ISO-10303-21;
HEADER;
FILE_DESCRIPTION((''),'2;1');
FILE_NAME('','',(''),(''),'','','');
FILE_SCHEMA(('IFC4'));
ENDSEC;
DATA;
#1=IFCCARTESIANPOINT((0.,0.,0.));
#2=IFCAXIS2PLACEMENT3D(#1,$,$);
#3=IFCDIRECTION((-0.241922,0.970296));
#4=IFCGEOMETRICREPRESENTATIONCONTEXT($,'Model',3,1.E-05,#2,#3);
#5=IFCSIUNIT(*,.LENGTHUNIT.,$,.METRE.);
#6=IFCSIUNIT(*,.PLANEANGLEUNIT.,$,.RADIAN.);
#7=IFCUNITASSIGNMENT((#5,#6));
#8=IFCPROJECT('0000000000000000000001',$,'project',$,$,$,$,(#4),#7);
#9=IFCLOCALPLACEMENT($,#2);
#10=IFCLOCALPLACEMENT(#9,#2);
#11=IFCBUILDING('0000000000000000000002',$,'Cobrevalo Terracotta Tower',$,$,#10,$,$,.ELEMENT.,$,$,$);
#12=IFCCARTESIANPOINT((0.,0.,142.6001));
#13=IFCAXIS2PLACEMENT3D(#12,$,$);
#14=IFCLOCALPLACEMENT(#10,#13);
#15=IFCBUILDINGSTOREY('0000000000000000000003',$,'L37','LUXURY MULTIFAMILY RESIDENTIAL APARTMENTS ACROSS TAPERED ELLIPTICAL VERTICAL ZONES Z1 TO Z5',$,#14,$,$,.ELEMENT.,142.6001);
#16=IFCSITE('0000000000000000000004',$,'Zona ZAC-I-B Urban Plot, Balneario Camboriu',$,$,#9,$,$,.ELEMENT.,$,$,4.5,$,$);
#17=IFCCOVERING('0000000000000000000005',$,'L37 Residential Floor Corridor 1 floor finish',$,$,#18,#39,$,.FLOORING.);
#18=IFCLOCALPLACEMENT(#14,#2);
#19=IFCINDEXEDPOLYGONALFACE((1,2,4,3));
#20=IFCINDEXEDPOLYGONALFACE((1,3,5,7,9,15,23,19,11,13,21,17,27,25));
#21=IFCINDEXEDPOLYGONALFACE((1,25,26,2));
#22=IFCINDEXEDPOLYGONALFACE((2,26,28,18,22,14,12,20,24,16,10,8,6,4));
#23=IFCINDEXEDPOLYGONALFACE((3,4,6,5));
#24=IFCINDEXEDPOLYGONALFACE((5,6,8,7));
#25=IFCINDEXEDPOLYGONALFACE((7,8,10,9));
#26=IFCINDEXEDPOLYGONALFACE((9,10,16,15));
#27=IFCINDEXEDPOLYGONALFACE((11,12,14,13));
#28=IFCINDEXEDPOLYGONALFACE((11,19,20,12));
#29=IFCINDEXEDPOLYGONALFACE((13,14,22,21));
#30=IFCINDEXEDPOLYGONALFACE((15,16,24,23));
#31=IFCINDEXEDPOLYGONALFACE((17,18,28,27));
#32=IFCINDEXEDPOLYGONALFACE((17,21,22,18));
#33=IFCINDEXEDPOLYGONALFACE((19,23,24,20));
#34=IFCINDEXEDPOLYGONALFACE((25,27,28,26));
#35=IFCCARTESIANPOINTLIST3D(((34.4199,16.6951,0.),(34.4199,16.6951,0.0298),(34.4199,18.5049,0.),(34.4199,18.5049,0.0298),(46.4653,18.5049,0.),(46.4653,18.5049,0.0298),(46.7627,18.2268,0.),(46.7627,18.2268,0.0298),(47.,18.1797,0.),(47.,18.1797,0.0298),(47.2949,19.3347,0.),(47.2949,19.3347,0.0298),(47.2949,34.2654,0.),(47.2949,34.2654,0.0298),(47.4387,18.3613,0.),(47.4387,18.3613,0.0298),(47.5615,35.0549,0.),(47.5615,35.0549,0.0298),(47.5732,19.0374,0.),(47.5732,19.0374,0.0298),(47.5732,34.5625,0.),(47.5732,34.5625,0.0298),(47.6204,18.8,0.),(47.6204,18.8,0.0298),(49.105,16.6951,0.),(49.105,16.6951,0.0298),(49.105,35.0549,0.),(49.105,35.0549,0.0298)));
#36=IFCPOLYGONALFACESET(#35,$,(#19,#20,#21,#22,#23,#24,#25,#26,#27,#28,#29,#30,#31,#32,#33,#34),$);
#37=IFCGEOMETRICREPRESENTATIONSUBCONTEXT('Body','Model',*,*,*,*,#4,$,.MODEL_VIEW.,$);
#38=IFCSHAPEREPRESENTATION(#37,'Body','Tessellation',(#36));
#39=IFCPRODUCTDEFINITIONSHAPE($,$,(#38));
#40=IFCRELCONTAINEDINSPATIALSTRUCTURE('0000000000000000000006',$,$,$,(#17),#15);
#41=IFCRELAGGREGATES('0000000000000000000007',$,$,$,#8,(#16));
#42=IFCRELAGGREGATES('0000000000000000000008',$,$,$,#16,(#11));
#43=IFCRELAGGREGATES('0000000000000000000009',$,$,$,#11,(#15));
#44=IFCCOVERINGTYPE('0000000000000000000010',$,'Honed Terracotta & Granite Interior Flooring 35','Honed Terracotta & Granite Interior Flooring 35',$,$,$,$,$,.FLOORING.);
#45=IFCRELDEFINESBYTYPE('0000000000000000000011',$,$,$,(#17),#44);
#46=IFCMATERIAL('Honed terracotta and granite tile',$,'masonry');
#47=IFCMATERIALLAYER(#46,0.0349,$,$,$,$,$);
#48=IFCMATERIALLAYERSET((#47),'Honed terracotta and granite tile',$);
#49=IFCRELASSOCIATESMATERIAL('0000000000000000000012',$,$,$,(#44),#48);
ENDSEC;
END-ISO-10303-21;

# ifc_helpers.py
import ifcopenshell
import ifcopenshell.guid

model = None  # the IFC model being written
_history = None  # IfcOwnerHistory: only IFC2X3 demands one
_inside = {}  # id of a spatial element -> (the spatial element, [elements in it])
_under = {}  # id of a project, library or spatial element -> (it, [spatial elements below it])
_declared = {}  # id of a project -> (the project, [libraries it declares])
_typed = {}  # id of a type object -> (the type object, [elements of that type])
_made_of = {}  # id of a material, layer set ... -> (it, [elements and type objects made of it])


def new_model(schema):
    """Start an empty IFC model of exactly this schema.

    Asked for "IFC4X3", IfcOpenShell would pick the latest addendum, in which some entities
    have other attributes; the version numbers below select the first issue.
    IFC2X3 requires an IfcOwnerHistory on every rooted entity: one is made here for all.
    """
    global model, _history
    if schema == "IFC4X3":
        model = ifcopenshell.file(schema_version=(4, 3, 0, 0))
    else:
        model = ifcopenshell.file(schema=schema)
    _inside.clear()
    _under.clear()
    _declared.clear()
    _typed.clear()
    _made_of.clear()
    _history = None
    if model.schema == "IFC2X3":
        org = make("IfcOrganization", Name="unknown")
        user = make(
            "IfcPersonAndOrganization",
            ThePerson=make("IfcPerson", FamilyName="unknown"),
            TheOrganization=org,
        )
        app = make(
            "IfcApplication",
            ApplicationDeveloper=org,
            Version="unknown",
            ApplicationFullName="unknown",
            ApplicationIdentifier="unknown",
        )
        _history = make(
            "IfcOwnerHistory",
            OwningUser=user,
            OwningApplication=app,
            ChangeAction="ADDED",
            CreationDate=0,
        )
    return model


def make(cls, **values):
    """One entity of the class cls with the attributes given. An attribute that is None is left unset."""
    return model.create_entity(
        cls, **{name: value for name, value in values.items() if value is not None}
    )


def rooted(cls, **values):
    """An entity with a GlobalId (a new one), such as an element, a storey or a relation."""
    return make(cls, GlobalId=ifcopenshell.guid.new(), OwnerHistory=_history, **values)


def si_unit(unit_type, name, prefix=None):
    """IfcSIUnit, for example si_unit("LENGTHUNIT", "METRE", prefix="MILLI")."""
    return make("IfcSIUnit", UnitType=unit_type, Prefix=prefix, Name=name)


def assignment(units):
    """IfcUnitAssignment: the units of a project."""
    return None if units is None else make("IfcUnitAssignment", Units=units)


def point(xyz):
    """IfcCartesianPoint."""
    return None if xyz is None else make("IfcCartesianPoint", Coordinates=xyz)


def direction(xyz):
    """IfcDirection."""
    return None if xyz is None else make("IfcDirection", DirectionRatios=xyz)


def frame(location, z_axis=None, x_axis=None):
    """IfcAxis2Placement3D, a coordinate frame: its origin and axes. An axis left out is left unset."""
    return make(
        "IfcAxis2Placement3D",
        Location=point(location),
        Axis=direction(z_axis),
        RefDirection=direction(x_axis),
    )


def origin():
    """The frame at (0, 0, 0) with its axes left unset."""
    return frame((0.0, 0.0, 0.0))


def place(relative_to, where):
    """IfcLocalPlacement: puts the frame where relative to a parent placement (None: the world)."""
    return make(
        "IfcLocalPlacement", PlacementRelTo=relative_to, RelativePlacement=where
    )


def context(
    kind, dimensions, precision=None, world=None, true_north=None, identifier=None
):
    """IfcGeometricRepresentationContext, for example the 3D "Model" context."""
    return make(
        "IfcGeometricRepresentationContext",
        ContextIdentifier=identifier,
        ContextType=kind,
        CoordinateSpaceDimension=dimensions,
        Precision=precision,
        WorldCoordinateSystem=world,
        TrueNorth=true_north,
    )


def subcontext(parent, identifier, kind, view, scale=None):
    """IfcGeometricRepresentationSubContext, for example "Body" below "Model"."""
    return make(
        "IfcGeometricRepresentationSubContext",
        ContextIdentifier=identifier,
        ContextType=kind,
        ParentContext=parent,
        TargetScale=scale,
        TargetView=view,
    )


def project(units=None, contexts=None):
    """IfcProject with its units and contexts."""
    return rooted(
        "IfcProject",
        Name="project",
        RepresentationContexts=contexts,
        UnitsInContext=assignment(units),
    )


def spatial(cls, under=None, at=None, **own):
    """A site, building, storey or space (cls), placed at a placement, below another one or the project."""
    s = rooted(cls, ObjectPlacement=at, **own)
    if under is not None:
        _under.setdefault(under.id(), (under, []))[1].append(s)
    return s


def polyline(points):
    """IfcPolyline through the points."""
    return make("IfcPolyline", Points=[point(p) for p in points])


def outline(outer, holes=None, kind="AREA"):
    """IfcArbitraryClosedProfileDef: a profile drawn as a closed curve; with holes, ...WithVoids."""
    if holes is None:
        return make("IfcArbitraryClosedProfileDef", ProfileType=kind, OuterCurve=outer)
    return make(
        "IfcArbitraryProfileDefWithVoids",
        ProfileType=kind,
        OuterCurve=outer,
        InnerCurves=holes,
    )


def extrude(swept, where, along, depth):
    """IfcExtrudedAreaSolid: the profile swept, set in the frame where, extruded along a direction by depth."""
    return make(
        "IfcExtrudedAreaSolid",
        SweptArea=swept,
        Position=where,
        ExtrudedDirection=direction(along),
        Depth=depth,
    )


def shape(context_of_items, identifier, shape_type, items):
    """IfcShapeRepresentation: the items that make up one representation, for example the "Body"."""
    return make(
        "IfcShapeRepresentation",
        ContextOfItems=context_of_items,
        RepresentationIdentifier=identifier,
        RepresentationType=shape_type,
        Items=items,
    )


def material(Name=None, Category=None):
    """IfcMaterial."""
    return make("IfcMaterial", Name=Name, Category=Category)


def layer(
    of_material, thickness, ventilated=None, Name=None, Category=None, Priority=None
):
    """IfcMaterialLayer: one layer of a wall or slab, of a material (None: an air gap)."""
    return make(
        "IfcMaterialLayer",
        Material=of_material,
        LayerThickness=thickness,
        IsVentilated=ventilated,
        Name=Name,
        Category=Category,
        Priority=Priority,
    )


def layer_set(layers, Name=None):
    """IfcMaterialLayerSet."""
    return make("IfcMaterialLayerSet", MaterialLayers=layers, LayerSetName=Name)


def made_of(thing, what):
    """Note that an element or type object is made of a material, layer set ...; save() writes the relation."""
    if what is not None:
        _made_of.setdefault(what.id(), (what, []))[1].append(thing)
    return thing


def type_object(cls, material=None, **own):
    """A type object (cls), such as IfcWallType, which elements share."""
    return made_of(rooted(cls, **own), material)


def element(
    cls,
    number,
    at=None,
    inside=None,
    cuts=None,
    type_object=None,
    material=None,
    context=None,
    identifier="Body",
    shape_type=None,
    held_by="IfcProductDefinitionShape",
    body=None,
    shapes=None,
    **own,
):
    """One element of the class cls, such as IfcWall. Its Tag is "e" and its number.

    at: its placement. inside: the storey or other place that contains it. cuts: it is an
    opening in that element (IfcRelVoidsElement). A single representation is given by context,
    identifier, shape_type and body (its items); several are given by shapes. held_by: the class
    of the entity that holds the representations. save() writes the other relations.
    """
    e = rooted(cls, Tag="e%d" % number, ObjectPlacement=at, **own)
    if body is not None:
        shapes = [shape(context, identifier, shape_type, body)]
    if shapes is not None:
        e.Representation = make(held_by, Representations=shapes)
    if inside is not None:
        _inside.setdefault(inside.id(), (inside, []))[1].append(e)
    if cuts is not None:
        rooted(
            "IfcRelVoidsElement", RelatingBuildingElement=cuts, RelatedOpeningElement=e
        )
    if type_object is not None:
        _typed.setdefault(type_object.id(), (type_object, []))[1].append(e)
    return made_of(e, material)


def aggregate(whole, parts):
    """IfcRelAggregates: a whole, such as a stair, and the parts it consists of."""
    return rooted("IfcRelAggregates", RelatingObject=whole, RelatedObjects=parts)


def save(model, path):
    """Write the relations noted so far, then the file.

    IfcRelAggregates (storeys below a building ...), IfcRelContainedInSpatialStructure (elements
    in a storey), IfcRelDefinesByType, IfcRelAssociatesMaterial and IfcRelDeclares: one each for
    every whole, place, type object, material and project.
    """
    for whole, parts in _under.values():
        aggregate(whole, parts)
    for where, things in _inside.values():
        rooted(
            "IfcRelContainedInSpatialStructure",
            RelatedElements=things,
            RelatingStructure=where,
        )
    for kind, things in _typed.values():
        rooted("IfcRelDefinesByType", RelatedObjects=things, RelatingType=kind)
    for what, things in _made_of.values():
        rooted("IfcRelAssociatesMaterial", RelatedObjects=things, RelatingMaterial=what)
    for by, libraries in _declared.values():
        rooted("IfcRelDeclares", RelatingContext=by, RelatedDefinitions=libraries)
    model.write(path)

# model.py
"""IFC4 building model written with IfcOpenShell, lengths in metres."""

from ifc_helpers import new_model, si_unit, direction, frame, origin, place, context, subcontext, project, spatial, polyline, outline, extrude, material, layer, layer_set, type_object, element, save


model = new_model("IFC4")

# Units and contexts
model_context = context("Model", 3, precision=1e-05, world=origin(), true_north=direction((-0.241922, 0.970296)))
body_context = subcontext(model_context, "Body", "Model", "MODEL_VIEW")
ifc_project = project(units=[si_unit("LENGTHUNIT", "METRE"), si_unit("PLANEANGLEUNIT", "RADIAN")], contexts=[model_context])

# Site, building, storey
site_placement = place(None, origin())
site = spatial("IfcSite", under=ifc_project, at=site_placement, Name="Zona ZAC-I-B Urban Plot, Balneario Camboriu", CompositionType="ELEMENT", RefElevation=4.5)
building_placement = place(site_placement, origin())
building = spatial("IfcBuilding", under=site, at=building_placement, Name="Cobrevalo Terracotta Tower", CompositionType="ELEMENT")
storey_placement = place(building_placement, frame((0.0, 0.0, 142.6001)))
storey = spatial("IfcBuildingStorey", under=building, at=storey_placement, Name="L37", Description="LUXURY MULTIFAMILY RESIDENTIAL APARTMENTS ACROSS TAPERED ELLIPTICAL VERTICAL ZONES Z1 TO Z5", CompositionType="ELEMENT", Elevation=142.6001)

# Covering
ifc_material_1 = material(Name="Honed terracotta and granite tile", Category="masonry")
ifc_layer_1 = layer(ifc_material_1, 0.0349)
ifc_layer_set_1 = layer_set([ifc_layer_1], Name="Honed terracotta and granite tile")
covering_type_1 = type_object("IfcCoveringType", Name="Honed Terracotta & Granite Interior Flooring 35", Description="Honed Terracotta & Granite Interior Flooring 35", PredefinedType="FLOORING", material=ifc_layer_set_1)
covering_1_placement = place(storey_placement, origin())
element("IfcCovering", 1, at=covering_1_placement, inside=storey, type_object=covering_type_1, Name="L37 Residential Floor Corridor 1 floor finish", PredefinedType="FLOORING", context=body_context, shape_type="SweptSolid", body=[
    extrude(outline(polyline([(34.4199, 18.5049), (46.4653, 18.5049), (46.7627, 18.2268), (47.0, 18.1797), (47.4387, 18.3613), (47.6204, 18.8), (47.5732, 19.0374), (47.2949, 19.3347), (47.2949, 34.2654), (47.5732, 34.5625), (47.5615, 35.0549), (49.105, 35.0549), (49.105, 16.6951), (34.4199, 16.6951), (34.4199, 18.5049)])), origin(), (0.0, 0.0, 1.0), 0.0298),
])

save(model, "model.ifc")
